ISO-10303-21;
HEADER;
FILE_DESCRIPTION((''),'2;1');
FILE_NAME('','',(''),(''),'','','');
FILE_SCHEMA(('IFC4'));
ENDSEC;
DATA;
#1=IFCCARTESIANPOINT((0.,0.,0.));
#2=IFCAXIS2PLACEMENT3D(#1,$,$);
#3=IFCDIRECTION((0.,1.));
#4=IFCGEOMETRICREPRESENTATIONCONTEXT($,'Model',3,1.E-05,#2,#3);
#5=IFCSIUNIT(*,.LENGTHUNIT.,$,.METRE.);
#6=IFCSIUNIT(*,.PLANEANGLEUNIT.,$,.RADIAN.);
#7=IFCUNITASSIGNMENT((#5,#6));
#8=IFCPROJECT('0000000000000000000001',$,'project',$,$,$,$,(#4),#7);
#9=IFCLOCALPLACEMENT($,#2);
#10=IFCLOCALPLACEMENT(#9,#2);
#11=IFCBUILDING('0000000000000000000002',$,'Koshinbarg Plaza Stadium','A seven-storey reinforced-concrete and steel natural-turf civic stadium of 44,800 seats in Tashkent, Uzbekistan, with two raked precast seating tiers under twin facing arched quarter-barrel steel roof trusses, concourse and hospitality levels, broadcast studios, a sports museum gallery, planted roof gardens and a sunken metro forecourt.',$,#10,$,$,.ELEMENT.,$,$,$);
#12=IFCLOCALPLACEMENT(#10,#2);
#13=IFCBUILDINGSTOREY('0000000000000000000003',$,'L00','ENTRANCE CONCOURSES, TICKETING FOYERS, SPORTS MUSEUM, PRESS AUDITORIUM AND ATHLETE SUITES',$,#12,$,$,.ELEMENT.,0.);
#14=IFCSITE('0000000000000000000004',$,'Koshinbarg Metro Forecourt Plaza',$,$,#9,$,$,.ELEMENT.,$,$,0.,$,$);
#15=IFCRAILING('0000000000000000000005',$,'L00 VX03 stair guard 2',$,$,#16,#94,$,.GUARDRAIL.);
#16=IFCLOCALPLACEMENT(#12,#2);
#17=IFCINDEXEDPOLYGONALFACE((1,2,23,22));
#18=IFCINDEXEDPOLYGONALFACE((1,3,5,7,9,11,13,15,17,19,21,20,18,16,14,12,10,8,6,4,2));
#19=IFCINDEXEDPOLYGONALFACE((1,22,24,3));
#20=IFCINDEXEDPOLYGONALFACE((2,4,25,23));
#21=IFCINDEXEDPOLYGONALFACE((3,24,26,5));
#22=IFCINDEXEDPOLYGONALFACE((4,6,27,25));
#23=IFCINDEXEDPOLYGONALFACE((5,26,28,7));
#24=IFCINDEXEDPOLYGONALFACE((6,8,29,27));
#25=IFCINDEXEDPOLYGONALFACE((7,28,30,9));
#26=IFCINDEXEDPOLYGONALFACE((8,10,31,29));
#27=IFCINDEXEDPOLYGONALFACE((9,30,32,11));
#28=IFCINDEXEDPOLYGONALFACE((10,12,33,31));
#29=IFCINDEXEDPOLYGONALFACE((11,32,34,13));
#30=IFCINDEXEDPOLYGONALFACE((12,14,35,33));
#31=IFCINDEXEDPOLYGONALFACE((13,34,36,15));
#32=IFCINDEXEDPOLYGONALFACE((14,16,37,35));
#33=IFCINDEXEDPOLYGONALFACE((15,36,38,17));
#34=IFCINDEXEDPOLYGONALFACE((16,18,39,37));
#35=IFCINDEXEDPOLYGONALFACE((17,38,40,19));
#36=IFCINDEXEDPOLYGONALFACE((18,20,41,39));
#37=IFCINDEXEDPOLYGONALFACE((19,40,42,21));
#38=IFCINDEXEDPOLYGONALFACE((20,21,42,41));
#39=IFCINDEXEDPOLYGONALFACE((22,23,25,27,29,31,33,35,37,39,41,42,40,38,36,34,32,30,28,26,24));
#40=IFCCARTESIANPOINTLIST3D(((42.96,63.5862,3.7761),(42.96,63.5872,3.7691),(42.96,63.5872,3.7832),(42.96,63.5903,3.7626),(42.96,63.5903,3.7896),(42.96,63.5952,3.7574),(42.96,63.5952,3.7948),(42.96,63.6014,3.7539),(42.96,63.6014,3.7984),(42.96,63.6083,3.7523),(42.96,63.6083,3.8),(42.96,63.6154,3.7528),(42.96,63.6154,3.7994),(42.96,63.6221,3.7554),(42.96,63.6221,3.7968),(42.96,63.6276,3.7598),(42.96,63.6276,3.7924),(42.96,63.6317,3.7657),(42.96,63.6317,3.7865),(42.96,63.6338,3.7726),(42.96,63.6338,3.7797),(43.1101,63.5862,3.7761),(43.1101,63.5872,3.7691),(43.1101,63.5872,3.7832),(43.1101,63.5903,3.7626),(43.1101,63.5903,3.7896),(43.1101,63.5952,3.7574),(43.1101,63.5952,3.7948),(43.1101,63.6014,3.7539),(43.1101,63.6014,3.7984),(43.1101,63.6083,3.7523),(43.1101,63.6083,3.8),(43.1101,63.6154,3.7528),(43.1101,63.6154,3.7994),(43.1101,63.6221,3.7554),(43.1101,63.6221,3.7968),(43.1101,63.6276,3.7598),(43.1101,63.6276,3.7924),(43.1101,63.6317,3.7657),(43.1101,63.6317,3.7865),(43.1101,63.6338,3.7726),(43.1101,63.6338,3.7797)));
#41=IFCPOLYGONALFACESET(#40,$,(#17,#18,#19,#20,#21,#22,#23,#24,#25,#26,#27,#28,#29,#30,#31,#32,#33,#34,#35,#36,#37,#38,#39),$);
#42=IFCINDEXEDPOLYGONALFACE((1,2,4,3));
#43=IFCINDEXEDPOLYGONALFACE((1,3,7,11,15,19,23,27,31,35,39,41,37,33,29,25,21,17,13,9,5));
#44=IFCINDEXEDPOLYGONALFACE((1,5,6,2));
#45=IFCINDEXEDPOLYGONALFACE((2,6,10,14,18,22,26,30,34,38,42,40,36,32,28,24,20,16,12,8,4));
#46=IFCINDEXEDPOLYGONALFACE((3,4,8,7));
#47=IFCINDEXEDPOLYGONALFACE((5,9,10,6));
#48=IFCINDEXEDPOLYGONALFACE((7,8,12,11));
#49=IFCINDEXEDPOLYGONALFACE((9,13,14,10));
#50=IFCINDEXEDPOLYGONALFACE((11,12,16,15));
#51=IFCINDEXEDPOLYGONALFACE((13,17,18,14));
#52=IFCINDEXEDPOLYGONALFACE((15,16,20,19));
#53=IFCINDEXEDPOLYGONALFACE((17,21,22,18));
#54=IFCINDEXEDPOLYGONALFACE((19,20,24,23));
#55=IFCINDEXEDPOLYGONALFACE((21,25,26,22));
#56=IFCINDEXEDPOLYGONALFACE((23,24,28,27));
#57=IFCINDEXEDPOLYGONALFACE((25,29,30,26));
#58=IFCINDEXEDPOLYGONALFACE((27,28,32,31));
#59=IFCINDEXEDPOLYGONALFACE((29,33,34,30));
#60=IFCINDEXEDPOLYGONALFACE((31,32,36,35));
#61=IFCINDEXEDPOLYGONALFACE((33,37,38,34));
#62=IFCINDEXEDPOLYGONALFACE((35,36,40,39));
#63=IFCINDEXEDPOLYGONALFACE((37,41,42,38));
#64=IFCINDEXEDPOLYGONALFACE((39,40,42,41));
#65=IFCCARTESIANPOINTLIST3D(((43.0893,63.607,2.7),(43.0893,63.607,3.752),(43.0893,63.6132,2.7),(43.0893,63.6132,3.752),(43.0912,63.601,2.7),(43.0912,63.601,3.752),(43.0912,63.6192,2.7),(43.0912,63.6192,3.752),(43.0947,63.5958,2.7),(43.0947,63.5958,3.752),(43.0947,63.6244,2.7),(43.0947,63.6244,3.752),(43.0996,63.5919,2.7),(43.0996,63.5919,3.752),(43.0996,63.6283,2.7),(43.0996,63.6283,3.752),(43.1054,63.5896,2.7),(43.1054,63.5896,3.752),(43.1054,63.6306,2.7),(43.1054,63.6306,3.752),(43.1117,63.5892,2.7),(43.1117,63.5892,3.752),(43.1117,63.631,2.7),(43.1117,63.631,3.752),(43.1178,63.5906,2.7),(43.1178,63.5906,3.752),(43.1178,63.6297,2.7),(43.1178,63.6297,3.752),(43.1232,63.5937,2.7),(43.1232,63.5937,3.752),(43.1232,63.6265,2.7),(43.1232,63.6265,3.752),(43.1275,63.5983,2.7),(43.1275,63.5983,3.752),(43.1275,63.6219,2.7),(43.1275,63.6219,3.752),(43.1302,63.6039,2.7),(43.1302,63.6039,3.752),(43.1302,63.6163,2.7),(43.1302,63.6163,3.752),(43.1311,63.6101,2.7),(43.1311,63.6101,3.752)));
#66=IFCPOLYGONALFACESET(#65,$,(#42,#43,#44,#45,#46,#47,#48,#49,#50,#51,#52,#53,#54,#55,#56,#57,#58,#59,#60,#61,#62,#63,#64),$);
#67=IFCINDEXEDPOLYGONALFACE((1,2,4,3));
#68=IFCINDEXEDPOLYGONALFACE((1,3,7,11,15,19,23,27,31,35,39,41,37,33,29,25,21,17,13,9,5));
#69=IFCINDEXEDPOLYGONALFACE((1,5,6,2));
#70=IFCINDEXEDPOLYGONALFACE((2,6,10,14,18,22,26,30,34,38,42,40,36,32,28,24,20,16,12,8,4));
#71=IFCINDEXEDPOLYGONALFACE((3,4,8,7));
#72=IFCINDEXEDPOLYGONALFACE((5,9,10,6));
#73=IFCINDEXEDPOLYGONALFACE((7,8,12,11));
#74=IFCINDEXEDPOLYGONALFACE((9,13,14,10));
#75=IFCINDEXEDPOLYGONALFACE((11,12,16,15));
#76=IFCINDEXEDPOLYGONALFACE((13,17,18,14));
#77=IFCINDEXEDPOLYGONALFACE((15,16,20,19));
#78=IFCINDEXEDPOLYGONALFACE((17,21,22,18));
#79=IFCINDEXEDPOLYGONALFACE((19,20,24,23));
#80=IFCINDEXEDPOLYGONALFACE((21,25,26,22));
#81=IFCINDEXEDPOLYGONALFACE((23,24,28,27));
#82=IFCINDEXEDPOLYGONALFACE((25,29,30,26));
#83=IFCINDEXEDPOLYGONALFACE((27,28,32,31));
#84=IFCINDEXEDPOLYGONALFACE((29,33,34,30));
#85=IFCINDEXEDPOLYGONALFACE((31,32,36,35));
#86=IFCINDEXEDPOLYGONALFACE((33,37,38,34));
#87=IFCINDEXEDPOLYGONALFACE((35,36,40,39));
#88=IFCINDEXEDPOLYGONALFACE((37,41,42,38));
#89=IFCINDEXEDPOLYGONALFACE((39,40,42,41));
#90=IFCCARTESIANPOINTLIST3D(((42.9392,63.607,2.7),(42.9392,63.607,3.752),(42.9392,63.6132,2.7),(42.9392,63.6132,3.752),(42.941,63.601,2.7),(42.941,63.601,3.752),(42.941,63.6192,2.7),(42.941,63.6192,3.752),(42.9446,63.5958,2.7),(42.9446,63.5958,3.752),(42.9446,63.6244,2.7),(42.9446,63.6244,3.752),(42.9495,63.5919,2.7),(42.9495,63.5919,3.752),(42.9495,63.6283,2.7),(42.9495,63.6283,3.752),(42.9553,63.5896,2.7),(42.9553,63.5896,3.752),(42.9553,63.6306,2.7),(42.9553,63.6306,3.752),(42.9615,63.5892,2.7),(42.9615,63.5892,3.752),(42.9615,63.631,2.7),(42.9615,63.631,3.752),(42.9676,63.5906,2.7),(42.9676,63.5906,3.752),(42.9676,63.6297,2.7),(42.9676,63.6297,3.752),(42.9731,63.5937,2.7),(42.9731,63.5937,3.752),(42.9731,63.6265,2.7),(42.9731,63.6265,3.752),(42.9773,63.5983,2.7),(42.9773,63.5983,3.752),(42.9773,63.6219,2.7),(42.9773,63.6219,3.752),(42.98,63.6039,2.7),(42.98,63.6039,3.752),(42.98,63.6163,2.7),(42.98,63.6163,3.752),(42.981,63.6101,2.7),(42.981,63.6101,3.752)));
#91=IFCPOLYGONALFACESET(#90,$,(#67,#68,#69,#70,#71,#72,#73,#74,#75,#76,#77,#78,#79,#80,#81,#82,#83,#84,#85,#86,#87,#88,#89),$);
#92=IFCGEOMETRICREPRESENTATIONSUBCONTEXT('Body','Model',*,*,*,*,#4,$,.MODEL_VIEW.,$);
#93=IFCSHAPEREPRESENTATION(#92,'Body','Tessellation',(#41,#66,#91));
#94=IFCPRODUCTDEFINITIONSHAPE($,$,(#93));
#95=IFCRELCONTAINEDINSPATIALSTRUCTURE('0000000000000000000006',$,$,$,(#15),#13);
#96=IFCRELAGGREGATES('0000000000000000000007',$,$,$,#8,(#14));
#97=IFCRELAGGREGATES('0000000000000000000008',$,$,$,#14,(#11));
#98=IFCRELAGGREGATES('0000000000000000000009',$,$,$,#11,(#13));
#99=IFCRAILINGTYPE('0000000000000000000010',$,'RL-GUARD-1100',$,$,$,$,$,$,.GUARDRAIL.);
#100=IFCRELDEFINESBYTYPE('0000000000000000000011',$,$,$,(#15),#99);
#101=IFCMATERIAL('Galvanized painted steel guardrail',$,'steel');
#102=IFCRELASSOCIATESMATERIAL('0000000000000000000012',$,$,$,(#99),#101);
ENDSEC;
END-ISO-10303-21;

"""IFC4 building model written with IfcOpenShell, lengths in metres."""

from ifc_helpers import new_model, si_unit, direction, frame, origin, origin_2d, place, context, subcontext, project, spatial, circle, extrude, material, type_object, element, save


model = new_model("IFC4")

# Units and contexts
model_context = context("Model", 3, precision=1e-05, world=origin(), true_north=direction((0.0, 1.0)))
body_context = subcontext(model_context, "Body", "Model", "MODEL_VIEW")
ifc_project = project(units=[si_unit("LENGTHUNIT", "METRE"), si_unit("PLANEANGLEUNIT", "RADIAN")], contexts=[model_context])

# Site, building, storey
site_placement = place(None, origin())
site = spatial("IfcSite", under=ifc_project, at=site_placement, Name="Koshinbarg Metro Forecourt Plaza", CompositionType="ELEMENT", RefElevation=0.0)
building_placement = place(site_placement, origin())
building = spatial("IfcBuilding", under=site, at=building_placement, Name="Koshinbarg Plaza Stadium", Description="A seven-storey reinforced-concrete and steel natural-turf civic stadium of 44,800 seats in Tashkent, Uzbekistan, with two raked precast seating tiers under twin facing arched quarter-barrel steel roof trusses, concourse and hospitality levels, broadcast studios, a sports museum gallery, planted roof gardens and a sunken metro forecourt.", CompositionType="ELEMENT")
storey_placement = place(building_placement, origin())
storey = spatial("IfcBuildingStorey", under=building, at=storey_placement, Name="L00", Description="ENTRANCE CONCOURSES, TICKETING FOYERS, SPORTS MUSEUM, PRESS AUDITORIUM AND ATHLETE SUITES", CompositionType="ELEMENT", Elevation=0.0)

# Railing
ifc_material_1 = material(Name="Galvanized painted steel guardrail", Category="steel")
railing_type_1 = type_object("IfcRailingType", Name="RL-GUARD-1100", PredefinedType="GUARDRAIL", material=ifc_material_1)
railing_1_placement = place(storey_placement, frame((43.1101, 63.6101, 2.7)))
element("IfcRailing", 1, at=railing_1_placement, inside=storey, type_object=railing_type_1, Name="L00 VX03 stair guard 2", PredefinedType="GUARDRAIL", context=body_context, shape_type="SweptSolid", body=[
    extrude(circle(Radius=0.0239, at=origin_2d()), frame((0.0, 0.0, 1.0762), z_axis=(-1.0, 0.0, 0.0), x_axis=(0.0, -1.0, 0.0)), (0.0, 0.0, 1.0), 0.1501),
    extrude(circle(Radius=0.021, at=origin_2d()), origin(), (0.0, 0.0, 1.0), 1.052),
    extrude(circle(Radius=0.021, at=origin_2d()), frame((-0.1501, 0.0, 0.0)), (0.0, 0.0, 1.0), 1.052),
])

save(model, "model.ifc")
